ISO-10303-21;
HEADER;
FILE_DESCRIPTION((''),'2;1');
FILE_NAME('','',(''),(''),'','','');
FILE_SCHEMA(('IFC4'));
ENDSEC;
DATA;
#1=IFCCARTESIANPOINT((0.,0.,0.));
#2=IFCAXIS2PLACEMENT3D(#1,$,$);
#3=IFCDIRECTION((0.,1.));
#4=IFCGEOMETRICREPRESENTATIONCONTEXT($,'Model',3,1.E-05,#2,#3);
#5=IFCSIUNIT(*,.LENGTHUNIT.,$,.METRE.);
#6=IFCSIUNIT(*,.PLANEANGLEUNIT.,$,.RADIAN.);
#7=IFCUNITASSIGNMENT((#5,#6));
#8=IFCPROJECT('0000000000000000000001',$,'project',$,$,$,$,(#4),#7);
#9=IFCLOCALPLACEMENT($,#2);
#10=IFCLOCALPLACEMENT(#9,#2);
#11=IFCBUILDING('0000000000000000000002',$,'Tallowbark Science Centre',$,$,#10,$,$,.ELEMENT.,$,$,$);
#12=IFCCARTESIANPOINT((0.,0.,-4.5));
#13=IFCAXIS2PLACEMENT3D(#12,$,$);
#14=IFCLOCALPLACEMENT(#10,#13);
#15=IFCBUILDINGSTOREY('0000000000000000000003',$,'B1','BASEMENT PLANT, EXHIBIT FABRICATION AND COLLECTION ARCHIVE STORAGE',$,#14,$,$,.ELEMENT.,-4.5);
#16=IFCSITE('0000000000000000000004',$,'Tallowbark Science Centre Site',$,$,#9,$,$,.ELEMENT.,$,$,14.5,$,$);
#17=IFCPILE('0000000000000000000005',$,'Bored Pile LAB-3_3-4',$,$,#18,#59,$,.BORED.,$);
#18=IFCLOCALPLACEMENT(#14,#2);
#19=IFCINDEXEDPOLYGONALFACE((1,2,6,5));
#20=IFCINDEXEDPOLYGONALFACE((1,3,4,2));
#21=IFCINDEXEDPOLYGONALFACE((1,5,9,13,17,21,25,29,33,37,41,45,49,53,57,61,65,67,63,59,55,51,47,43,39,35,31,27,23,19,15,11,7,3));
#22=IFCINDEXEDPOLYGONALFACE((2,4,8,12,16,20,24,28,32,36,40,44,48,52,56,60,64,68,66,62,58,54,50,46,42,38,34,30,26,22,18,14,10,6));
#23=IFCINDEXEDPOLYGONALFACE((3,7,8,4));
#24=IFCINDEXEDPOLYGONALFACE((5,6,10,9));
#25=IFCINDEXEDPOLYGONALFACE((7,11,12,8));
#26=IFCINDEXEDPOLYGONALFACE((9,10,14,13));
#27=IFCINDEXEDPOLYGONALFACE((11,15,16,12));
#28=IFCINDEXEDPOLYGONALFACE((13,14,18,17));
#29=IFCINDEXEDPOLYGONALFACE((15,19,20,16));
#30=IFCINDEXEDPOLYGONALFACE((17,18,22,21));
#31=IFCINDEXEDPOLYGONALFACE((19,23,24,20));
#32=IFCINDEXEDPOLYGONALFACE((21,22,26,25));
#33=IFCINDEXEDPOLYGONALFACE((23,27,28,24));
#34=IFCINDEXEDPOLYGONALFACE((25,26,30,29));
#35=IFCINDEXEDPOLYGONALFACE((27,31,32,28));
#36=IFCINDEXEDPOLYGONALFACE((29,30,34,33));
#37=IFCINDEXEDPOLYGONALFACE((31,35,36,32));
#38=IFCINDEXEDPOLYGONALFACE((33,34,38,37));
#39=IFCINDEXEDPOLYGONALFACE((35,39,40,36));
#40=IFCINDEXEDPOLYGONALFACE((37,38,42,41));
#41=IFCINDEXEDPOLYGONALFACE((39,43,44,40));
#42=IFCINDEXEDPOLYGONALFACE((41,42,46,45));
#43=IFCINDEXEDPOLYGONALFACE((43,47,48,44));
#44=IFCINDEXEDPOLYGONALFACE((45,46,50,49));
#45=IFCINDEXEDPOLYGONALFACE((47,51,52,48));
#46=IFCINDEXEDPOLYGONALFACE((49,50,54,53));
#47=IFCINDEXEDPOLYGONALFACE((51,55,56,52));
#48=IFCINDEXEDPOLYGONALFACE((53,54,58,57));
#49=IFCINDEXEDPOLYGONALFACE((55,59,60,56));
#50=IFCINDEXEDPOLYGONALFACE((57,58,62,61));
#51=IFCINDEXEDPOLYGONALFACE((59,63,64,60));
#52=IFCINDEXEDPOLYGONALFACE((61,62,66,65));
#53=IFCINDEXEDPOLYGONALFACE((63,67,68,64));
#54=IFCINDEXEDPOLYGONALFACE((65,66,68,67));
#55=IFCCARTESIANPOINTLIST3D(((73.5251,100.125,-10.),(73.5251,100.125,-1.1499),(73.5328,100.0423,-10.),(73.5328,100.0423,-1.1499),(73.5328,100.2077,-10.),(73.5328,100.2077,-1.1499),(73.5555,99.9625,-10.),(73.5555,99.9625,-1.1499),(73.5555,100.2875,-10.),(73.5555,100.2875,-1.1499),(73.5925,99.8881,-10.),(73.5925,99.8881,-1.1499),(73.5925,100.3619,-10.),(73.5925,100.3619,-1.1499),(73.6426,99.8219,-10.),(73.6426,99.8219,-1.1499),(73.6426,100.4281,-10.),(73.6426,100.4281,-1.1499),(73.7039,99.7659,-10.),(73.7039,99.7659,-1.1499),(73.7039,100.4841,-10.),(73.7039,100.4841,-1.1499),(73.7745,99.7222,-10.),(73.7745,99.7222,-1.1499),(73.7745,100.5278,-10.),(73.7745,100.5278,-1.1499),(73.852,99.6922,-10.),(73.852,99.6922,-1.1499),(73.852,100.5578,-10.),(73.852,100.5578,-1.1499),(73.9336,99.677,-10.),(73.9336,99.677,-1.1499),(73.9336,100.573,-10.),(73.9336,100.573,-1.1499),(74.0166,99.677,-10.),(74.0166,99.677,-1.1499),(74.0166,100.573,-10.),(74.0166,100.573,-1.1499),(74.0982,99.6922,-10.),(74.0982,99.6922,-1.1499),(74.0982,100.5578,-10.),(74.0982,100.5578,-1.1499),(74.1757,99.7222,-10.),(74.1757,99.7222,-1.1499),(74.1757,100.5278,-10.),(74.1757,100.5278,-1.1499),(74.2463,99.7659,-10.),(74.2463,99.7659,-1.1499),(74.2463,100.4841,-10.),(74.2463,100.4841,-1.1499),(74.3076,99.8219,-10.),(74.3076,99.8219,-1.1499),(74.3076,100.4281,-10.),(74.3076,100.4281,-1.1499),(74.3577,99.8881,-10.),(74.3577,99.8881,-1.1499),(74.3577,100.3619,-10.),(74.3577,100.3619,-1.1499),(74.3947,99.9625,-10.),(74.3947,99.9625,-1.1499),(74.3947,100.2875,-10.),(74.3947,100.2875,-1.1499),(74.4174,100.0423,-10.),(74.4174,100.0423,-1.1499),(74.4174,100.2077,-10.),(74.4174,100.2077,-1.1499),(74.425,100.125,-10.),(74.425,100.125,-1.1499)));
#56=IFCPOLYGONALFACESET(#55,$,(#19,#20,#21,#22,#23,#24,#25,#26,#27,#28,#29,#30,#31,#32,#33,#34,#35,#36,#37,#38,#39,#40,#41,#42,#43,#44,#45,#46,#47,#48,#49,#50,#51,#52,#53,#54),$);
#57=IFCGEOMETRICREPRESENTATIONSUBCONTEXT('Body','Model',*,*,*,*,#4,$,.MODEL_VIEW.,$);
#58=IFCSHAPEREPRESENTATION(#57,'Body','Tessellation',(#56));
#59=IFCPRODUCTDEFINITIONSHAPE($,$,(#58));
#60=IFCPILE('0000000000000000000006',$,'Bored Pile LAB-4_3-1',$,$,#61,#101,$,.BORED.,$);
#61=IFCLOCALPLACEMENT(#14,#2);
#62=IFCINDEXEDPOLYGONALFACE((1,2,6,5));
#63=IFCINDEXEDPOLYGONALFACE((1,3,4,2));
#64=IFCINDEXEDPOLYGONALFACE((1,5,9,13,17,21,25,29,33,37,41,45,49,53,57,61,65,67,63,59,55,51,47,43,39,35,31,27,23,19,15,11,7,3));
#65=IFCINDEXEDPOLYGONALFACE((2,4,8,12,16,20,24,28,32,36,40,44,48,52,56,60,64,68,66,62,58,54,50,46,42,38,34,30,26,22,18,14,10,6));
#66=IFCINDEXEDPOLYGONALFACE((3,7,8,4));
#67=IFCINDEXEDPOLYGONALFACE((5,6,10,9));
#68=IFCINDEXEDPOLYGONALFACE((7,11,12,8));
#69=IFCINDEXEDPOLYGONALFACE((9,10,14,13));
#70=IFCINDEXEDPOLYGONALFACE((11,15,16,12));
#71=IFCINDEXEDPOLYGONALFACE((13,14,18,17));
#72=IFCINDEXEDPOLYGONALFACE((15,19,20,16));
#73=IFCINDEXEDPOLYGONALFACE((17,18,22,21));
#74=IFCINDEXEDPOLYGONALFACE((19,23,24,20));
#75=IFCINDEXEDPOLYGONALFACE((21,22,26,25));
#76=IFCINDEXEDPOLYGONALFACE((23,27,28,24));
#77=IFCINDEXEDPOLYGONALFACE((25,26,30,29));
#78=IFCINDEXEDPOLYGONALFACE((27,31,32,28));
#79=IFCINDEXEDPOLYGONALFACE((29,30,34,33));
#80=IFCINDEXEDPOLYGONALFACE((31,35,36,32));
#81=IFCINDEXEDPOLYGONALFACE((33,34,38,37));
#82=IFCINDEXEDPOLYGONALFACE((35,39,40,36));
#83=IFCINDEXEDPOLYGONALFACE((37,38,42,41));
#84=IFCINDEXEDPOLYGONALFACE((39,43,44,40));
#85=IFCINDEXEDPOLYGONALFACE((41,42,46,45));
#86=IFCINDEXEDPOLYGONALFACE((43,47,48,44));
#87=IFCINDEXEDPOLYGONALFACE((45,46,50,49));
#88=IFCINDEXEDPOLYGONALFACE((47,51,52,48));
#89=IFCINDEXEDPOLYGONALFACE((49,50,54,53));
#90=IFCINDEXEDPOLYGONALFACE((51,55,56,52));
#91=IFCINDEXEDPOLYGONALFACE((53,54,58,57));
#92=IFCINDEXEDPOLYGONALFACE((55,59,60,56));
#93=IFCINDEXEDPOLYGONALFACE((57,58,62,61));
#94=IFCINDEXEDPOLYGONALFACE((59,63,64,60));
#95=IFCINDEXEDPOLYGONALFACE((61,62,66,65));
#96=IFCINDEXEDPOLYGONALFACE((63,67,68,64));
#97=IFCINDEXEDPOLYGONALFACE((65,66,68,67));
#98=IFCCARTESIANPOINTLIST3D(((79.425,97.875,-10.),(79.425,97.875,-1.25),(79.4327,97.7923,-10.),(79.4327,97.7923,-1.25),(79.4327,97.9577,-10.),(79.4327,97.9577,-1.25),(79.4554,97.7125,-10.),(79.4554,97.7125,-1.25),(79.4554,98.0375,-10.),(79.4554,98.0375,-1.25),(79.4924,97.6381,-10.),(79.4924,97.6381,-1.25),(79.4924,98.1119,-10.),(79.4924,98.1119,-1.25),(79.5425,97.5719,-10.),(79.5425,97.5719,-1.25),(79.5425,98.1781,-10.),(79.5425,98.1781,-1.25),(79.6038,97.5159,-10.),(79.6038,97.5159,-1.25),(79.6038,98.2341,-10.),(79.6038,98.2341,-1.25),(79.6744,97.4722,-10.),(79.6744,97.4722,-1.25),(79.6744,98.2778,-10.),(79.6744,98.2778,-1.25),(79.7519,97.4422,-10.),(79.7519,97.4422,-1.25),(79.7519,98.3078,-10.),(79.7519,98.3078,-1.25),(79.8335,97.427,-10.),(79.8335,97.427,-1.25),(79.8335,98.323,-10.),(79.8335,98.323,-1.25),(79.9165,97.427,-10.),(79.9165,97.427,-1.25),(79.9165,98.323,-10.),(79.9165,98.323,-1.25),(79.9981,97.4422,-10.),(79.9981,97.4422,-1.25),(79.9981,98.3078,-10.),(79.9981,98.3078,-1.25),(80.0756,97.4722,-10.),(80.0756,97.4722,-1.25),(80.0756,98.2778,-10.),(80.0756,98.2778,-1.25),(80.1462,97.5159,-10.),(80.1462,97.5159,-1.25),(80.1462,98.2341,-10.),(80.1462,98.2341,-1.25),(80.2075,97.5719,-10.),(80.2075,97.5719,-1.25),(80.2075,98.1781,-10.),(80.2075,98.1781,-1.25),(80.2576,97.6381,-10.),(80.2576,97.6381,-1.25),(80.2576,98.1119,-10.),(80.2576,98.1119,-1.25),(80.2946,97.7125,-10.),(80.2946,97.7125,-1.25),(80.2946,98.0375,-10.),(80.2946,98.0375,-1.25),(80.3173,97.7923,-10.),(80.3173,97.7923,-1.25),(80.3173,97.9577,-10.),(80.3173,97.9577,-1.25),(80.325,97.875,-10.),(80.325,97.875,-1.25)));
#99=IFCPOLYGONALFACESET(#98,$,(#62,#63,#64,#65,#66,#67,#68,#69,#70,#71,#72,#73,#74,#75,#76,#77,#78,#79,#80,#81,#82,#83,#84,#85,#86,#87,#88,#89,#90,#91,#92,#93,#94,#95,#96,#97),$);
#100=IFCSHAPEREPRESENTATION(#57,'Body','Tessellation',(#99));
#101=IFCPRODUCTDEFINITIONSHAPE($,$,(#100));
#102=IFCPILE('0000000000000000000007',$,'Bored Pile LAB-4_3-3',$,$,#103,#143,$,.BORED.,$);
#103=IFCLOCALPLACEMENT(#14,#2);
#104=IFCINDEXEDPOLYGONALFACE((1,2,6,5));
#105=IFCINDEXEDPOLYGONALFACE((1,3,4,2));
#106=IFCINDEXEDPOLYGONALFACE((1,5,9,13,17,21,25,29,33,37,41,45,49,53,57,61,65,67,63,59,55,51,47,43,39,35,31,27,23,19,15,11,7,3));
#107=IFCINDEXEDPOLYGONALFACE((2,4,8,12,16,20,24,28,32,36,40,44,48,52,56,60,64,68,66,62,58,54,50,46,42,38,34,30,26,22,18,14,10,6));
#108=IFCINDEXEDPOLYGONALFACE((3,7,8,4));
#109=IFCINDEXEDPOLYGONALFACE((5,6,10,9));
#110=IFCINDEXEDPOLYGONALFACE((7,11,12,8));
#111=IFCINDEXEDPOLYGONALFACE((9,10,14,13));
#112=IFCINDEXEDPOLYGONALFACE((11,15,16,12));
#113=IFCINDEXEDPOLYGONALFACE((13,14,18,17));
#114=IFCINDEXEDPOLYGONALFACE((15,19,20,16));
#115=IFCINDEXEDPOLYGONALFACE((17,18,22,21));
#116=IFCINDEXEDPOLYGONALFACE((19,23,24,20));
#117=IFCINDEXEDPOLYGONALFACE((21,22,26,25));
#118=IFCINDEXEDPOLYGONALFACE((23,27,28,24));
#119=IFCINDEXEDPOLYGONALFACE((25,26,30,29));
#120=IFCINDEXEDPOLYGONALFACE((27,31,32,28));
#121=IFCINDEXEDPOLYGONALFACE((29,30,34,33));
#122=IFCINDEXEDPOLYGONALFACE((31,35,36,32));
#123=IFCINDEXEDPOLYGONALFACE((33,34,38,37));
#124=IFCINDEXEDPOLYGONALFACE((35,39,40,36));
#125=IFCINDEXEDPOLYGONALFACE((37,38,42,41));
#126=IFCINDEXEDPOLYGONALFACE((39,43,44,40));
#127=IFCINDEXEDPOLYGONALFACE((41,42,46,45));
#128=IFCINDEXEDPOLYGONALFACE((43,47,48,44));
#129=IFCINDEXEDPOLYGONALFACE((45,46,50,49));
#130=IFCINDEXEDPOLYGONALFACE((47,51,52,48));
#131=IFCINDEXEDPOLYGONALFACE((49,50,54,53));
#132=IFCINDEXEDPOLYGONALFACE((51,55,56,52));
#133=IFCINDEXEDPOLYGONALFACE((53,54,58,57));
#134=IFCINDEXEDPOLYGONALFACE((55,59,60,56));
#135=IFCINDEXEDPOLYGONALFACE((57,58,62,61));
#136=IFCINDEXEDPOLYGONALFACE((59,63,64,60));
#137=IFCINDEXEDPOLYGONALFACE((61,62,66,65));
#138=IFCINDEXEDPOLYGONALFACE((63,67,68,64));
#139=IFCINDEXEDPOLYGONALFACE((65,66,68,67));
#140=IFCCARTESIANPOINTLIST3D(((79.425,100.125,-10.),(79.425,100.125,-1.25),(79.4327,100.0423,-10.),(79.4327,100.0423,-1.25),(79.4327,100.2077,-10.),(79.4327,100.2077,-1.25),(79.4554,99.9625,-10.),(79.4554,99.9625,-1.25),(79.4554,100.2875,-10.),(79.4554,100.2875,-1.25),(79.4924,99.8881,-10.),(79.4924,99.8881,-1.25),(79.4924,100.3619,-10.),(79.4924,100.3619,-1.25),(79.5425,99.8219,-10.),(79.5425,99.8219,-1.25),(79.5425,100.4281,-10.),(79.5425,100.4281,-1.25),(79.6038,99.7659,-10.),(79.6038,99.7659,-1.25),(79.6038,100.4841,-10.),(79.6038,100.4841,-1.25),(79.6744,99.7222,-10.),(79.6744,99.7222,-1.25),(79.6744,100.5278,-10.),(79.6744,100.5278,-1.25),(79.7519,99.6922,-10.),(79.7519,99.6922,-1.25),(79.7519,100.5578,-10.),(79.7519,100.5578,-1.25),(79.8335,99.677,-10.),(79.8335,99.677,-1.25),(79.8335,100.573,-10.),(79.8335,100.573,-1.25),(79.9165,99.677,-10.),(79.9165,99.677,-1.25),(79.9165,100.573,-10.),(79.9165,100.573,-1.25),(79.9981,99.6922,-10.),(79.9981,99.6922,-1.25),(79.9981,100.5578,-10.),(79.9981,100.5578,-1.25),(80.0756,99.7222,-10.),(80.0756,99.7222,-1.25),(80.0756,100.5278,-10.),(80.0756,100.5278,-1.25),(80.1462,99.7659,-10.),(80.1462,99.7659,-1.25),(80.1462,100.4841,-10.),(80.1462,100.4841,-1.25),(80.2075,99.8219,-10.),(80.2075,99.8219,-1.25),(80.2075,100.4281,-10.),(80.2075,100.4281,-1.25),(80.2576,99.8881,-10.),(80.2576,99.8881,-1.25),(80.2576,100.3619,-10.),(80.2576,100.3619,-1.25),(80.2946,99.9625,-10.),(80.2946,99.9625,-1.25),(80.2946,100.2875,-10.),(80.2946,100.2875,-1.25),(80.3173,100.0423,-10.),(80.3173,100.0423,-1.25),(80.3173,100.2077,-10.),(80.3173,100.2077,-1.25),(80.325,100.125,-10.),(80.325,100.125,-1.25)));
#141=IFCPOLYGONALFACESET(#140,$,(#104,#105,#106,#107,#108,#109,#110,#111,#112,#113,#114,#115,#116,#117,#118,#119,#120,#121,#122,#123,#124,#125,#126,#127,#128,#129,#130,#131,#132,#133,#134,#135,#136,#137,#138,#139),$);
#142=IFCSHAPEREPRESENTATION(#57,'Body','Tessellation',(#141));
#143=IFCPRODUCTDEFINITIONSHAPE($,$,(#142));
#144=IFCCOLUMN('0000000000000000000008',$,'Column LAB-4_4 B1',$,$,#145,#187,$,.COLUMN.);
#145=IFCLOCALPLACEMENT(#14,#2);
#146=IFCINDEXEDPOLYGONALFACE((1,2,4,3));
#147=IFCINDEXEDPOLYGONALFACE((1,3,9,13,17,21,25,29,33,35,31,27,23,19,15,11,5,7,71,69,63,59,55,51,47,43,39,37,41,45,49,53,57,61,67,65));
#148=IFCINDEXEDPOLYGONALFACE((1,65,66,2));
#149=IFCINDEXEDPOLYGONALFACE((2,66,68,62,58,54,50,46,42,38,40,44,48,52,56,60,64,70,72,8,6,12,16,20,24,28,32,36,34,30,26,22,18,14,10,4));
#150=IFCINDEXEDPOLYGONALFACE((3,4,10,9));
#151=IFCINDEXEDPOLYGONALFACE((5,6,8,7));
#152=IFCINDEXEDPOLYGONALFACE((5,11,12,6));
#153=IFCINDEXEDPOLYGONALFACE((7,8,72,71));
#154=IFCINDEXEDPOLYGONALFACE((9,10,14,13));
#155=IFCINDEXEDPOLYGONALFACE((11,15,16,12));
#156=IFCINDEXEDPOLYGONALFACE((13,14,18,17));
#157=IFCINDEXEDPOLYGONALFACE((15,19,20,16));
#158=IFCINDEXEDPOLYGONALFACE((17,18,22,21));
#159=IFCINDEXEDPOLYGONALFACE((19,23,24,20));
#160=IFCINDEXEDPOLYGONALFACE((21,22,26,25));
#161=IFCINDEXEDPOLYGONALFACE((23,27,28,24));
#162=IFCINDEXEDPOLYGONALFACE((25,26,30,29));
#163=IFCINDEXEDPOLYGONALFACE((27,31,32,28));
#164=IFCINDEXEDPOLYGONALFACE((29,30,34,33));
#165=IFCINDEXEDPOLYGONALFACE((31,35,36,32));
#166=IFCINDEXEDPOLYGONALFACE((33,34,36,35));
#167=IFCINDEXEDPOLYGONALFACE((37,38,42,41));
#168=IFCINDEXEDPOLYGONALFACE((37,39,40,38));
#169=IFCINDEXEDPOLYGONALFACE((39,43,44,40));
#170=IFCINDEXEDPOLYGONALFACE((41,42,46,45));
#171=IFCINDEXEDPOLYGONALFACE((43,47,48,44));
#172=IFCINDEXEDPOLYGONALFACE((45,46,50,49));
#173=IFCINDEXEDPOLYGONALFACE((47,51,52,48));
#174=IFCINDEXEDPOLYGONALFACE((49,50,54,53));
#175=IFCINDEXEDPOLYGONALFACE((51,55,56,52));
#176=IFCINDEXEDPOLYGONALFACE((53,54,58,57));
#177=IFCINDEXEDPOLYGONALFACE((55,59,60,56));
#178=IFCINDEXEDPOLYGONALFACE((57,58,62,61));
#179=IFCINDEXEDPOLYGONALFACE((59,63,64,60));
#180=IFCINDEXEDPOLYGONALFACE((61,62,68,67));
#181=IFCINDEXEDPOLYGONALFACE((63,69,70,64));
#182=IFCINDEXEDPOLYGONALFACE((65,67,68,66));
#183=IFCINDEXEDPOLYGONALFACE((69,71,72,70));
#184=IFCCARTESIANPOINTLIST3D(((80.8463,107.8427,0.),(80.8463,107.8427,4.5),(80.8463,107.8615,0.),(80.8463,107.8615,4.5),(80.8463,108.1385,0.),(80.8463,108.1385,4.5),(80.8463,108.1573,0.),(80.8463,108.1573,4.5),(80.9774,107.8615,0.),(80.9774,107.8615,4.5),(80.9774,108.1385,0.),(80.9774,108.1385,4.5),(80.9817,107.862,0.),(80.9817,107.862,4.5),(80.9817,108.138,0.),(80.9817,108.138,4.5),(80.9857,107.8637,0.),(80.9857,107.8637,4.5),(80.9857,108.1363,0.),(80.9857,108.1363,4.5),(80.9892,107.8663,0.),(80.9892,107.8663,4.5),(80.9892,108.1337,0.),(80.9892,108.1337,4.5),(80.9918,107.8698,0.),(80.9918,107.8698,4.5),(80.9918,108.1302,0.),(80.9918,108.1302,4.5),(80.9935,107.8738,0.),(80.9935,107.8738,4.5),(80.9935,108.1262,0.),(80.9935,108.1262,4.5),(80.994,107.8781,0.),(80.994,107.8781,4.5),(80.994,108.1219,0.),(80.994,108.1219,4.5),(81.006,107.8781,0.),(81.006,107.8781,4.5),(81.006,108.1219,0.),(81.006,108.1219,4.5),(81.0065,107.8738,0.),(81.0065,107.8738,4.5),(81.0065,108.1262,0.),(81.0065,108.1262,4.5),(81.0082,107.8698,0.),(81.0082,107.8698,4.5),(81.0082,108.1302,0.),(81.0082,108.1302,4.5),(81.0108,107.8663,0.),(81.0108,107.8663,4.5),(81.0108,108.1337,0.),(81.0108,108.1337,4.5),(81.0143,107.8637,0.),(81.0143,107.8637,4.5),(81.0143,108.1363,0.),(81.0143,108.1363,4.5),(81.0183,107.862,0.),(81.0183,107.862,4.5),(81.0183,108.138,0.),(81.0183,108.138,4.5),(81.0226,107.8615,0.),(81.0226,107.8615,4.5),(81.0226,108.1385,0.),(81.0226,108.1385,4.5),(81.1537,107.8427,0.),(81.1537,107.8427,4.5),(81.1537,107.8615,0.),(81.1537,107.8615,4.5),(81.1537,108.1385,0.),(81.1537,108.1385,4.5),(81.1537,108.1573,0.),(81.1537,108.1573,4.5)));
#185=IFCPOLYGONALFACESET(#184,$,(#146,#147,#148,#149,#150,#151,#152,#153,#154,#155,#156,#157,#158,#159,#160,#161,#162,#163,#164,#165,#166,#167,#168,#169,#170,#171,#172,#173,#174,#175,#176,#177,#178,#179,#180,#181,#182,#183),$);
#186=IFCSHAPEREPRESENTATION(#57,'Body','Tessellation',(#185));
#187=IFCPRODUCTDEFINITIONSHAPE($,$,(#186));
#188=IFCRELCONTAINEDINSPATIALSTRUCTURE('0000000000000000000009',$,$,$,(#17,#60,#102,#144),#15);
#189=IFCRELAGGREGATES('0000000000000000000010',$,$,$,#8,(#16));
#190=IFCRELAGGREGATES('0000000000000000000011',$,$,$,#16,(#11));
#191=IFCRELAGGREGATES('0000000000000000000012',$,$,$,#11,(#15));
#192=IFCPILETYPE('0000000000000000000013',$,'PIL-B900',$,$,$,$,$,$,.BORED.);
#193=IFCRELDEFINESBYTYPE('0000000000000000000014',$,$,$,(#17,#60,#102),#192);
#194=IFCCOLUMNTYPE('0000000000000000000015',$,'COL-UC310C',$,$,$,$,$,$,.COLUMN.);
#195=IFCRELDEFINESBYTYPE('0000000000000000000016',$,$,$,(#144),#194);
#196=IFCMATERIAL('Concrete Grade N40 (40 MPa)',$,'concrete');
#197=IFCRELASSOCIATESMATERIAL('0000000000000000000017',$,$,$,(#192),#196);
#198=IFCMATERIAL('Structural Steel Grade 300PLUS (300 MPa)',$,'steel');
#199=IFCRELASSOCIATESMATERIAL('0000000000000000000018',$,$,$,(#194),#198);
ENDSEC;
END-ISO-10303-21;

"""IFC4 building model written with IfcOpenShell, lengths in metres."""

from ifc_helpers import new_model, si_unit, direction, frame, origin, origin_2d, place, context, subcontext, project, spatial, circle, i_section, extrude, material, material_profile, profile_set, type_object, element, save


model = new_model("IFC4")

# Units and contexts
model_context = context("Model", 3, precision=1e-05, world=origin(), true_north=direction((0.0, 1.0)))
body_context = subcontext(model_context, "Body", "Model", "MODEL_VIEW")
ifc_project = project(units=[si_unit("LENGTHUNIT", "METRE"), si_unit("PLANEANGLEUNIT", "RADIAN")], contexts=[model_context])

# Site, building, storey
site_placement = place(None, origin())
site = spatial("IfcSite", under=ifc_project, at=site_placement, Name="Tallowbark Science Centre Site", CompositionType="ELEMENT", RefElevation=14.5)
building_placement = place(site_placement, origin())
building = spatial("IfcBuilding", under=site, at=building_placement, Name="Tallowbark Science Centre", CompositionType="ELEMENT")
storey_placement = place(building_placement, frame((0.0, 0.0, -4.5)))
storey = spatial("IfcBuildingStorey", under=building, at=storey_placement, Name="B1", Description="BASEMENT PLANT, EXHIBIT FABRICATION AND COLLECTION ARCHIVE STORAGE", CompositionType="ELEMENT", Elevation=-4.5)

# Shared definitions
ifc_material_1 = material(Name="Concrete Grade N40 (40 MPa)", Category="concrete")

# Piles
ifc_material_profile_1 = material_profile(ifc_material_1, circle(Radius=0.45, at=origin_2d()), Name="PILE900")
ifc_profile_set_1 = profile_set([ifc_material_profile_1], Name="Concrete Grade N40 (40 MPa)")
pile_type_1 = type_object("IfcPileType", Name="PIL-B900", PredefinedType="BORED", material=ifc_profile_set_1)
for number, where, z_axis, x_axis, name in (
    (1, (73.9751, 100.125, -1.1499), (0.0, 0.0, -1.0), (1.0, 0.0, 0.0), "Bored Pile LAB-3_3-4"),
):
    element("IfcPile", number, at=place(storey_placement, frame(where, z_axis=z_axis, x_axis=x_axis)), inside=storey, type_object=pile_type_1, Name=name, PredefinedType="BORED", context=body_context, shape_type="SweptSolid", body=[
        extrude(circle(Radius=0.45, at=origin_2d()), origin(), (0.0, 0.0, 1.0), 8.8501),
    ])
for number, where, z_axis, x_axis, name in (
    (2, (79.875, 97.875, -1.25), (0.0, 0.0, -1.0), (1.0, 0.0, 0.0), "Bored Pile LAB-4_3-1"),
    (3, (79.875, 100.125, -1.25), (0.0, 0.0, -1.0), (1.0, 0.0, 0.0), "Bored Pile LAB-4_3-3"),
):
    element("IfcPile", number, at=place(storey_placement, frame(where, z_axis=z_axis, x_axis=x_axis)), inside=storey, type_object=pile_type_1, Name=name, PredefinedType="BORED", context=body_context, shape_type="SweptSolid", body=[
        extrude(circle(Radius=0.45, at=origin_2d()), origin(), (0.0, 0.0, 1.0), 8.75),
    ])

# Column
ifc_material_2 = material(Name="Structural Steel Grade 300PLUS (300 MPa)", Category="steel")
ifc_material_profile_2 = material_profile(ifc_material_2, i_section(OverallWidth=0.3074, OverallDepth=0.3147, WebThickness=0.012, FlangeThickness=0.0188, FilletRadius=0.0166, at=origin_2d()), Name="310UC118")
ifc_profile_set_2 = profile_set([ifc_material_profile_2], Name="Structural Steel Grade 300PLUS (300 MPa)")
column_type_1 = type_object("IfcColumnType", Name="COL-UC310C", PredefinedType="COLUMN", material=ifc_profile_set_2)
for number, where, z_axis, x_axis, name in (
    (4, (81.0, 108.0, 0.0), (0.0, 0.0, 1.0), (1.0, 0.0, 0.0), "Column LAB-4_4 B1"),
):
    element("IfcColumn", number, at=place(storey_placement, frame(where, z_axis=z_axis, x_axis=x_axis)), inside=storey, type_object=column_type_1, Name=name, PredefinedType="COLUMN", context=body_context, shape_type="SweptSolid", body=[
        extrude(i_section(OverallWidth=0.3074, OverallDepth=0.3147, WebThickness=0.012, FlangeThickness=0.0188, FilletRadius=0.0166, at=origin_2d()), origin(), (0.0, 0.0, 1.0), 4.5),
    ])

save(model, "model.ifc")
